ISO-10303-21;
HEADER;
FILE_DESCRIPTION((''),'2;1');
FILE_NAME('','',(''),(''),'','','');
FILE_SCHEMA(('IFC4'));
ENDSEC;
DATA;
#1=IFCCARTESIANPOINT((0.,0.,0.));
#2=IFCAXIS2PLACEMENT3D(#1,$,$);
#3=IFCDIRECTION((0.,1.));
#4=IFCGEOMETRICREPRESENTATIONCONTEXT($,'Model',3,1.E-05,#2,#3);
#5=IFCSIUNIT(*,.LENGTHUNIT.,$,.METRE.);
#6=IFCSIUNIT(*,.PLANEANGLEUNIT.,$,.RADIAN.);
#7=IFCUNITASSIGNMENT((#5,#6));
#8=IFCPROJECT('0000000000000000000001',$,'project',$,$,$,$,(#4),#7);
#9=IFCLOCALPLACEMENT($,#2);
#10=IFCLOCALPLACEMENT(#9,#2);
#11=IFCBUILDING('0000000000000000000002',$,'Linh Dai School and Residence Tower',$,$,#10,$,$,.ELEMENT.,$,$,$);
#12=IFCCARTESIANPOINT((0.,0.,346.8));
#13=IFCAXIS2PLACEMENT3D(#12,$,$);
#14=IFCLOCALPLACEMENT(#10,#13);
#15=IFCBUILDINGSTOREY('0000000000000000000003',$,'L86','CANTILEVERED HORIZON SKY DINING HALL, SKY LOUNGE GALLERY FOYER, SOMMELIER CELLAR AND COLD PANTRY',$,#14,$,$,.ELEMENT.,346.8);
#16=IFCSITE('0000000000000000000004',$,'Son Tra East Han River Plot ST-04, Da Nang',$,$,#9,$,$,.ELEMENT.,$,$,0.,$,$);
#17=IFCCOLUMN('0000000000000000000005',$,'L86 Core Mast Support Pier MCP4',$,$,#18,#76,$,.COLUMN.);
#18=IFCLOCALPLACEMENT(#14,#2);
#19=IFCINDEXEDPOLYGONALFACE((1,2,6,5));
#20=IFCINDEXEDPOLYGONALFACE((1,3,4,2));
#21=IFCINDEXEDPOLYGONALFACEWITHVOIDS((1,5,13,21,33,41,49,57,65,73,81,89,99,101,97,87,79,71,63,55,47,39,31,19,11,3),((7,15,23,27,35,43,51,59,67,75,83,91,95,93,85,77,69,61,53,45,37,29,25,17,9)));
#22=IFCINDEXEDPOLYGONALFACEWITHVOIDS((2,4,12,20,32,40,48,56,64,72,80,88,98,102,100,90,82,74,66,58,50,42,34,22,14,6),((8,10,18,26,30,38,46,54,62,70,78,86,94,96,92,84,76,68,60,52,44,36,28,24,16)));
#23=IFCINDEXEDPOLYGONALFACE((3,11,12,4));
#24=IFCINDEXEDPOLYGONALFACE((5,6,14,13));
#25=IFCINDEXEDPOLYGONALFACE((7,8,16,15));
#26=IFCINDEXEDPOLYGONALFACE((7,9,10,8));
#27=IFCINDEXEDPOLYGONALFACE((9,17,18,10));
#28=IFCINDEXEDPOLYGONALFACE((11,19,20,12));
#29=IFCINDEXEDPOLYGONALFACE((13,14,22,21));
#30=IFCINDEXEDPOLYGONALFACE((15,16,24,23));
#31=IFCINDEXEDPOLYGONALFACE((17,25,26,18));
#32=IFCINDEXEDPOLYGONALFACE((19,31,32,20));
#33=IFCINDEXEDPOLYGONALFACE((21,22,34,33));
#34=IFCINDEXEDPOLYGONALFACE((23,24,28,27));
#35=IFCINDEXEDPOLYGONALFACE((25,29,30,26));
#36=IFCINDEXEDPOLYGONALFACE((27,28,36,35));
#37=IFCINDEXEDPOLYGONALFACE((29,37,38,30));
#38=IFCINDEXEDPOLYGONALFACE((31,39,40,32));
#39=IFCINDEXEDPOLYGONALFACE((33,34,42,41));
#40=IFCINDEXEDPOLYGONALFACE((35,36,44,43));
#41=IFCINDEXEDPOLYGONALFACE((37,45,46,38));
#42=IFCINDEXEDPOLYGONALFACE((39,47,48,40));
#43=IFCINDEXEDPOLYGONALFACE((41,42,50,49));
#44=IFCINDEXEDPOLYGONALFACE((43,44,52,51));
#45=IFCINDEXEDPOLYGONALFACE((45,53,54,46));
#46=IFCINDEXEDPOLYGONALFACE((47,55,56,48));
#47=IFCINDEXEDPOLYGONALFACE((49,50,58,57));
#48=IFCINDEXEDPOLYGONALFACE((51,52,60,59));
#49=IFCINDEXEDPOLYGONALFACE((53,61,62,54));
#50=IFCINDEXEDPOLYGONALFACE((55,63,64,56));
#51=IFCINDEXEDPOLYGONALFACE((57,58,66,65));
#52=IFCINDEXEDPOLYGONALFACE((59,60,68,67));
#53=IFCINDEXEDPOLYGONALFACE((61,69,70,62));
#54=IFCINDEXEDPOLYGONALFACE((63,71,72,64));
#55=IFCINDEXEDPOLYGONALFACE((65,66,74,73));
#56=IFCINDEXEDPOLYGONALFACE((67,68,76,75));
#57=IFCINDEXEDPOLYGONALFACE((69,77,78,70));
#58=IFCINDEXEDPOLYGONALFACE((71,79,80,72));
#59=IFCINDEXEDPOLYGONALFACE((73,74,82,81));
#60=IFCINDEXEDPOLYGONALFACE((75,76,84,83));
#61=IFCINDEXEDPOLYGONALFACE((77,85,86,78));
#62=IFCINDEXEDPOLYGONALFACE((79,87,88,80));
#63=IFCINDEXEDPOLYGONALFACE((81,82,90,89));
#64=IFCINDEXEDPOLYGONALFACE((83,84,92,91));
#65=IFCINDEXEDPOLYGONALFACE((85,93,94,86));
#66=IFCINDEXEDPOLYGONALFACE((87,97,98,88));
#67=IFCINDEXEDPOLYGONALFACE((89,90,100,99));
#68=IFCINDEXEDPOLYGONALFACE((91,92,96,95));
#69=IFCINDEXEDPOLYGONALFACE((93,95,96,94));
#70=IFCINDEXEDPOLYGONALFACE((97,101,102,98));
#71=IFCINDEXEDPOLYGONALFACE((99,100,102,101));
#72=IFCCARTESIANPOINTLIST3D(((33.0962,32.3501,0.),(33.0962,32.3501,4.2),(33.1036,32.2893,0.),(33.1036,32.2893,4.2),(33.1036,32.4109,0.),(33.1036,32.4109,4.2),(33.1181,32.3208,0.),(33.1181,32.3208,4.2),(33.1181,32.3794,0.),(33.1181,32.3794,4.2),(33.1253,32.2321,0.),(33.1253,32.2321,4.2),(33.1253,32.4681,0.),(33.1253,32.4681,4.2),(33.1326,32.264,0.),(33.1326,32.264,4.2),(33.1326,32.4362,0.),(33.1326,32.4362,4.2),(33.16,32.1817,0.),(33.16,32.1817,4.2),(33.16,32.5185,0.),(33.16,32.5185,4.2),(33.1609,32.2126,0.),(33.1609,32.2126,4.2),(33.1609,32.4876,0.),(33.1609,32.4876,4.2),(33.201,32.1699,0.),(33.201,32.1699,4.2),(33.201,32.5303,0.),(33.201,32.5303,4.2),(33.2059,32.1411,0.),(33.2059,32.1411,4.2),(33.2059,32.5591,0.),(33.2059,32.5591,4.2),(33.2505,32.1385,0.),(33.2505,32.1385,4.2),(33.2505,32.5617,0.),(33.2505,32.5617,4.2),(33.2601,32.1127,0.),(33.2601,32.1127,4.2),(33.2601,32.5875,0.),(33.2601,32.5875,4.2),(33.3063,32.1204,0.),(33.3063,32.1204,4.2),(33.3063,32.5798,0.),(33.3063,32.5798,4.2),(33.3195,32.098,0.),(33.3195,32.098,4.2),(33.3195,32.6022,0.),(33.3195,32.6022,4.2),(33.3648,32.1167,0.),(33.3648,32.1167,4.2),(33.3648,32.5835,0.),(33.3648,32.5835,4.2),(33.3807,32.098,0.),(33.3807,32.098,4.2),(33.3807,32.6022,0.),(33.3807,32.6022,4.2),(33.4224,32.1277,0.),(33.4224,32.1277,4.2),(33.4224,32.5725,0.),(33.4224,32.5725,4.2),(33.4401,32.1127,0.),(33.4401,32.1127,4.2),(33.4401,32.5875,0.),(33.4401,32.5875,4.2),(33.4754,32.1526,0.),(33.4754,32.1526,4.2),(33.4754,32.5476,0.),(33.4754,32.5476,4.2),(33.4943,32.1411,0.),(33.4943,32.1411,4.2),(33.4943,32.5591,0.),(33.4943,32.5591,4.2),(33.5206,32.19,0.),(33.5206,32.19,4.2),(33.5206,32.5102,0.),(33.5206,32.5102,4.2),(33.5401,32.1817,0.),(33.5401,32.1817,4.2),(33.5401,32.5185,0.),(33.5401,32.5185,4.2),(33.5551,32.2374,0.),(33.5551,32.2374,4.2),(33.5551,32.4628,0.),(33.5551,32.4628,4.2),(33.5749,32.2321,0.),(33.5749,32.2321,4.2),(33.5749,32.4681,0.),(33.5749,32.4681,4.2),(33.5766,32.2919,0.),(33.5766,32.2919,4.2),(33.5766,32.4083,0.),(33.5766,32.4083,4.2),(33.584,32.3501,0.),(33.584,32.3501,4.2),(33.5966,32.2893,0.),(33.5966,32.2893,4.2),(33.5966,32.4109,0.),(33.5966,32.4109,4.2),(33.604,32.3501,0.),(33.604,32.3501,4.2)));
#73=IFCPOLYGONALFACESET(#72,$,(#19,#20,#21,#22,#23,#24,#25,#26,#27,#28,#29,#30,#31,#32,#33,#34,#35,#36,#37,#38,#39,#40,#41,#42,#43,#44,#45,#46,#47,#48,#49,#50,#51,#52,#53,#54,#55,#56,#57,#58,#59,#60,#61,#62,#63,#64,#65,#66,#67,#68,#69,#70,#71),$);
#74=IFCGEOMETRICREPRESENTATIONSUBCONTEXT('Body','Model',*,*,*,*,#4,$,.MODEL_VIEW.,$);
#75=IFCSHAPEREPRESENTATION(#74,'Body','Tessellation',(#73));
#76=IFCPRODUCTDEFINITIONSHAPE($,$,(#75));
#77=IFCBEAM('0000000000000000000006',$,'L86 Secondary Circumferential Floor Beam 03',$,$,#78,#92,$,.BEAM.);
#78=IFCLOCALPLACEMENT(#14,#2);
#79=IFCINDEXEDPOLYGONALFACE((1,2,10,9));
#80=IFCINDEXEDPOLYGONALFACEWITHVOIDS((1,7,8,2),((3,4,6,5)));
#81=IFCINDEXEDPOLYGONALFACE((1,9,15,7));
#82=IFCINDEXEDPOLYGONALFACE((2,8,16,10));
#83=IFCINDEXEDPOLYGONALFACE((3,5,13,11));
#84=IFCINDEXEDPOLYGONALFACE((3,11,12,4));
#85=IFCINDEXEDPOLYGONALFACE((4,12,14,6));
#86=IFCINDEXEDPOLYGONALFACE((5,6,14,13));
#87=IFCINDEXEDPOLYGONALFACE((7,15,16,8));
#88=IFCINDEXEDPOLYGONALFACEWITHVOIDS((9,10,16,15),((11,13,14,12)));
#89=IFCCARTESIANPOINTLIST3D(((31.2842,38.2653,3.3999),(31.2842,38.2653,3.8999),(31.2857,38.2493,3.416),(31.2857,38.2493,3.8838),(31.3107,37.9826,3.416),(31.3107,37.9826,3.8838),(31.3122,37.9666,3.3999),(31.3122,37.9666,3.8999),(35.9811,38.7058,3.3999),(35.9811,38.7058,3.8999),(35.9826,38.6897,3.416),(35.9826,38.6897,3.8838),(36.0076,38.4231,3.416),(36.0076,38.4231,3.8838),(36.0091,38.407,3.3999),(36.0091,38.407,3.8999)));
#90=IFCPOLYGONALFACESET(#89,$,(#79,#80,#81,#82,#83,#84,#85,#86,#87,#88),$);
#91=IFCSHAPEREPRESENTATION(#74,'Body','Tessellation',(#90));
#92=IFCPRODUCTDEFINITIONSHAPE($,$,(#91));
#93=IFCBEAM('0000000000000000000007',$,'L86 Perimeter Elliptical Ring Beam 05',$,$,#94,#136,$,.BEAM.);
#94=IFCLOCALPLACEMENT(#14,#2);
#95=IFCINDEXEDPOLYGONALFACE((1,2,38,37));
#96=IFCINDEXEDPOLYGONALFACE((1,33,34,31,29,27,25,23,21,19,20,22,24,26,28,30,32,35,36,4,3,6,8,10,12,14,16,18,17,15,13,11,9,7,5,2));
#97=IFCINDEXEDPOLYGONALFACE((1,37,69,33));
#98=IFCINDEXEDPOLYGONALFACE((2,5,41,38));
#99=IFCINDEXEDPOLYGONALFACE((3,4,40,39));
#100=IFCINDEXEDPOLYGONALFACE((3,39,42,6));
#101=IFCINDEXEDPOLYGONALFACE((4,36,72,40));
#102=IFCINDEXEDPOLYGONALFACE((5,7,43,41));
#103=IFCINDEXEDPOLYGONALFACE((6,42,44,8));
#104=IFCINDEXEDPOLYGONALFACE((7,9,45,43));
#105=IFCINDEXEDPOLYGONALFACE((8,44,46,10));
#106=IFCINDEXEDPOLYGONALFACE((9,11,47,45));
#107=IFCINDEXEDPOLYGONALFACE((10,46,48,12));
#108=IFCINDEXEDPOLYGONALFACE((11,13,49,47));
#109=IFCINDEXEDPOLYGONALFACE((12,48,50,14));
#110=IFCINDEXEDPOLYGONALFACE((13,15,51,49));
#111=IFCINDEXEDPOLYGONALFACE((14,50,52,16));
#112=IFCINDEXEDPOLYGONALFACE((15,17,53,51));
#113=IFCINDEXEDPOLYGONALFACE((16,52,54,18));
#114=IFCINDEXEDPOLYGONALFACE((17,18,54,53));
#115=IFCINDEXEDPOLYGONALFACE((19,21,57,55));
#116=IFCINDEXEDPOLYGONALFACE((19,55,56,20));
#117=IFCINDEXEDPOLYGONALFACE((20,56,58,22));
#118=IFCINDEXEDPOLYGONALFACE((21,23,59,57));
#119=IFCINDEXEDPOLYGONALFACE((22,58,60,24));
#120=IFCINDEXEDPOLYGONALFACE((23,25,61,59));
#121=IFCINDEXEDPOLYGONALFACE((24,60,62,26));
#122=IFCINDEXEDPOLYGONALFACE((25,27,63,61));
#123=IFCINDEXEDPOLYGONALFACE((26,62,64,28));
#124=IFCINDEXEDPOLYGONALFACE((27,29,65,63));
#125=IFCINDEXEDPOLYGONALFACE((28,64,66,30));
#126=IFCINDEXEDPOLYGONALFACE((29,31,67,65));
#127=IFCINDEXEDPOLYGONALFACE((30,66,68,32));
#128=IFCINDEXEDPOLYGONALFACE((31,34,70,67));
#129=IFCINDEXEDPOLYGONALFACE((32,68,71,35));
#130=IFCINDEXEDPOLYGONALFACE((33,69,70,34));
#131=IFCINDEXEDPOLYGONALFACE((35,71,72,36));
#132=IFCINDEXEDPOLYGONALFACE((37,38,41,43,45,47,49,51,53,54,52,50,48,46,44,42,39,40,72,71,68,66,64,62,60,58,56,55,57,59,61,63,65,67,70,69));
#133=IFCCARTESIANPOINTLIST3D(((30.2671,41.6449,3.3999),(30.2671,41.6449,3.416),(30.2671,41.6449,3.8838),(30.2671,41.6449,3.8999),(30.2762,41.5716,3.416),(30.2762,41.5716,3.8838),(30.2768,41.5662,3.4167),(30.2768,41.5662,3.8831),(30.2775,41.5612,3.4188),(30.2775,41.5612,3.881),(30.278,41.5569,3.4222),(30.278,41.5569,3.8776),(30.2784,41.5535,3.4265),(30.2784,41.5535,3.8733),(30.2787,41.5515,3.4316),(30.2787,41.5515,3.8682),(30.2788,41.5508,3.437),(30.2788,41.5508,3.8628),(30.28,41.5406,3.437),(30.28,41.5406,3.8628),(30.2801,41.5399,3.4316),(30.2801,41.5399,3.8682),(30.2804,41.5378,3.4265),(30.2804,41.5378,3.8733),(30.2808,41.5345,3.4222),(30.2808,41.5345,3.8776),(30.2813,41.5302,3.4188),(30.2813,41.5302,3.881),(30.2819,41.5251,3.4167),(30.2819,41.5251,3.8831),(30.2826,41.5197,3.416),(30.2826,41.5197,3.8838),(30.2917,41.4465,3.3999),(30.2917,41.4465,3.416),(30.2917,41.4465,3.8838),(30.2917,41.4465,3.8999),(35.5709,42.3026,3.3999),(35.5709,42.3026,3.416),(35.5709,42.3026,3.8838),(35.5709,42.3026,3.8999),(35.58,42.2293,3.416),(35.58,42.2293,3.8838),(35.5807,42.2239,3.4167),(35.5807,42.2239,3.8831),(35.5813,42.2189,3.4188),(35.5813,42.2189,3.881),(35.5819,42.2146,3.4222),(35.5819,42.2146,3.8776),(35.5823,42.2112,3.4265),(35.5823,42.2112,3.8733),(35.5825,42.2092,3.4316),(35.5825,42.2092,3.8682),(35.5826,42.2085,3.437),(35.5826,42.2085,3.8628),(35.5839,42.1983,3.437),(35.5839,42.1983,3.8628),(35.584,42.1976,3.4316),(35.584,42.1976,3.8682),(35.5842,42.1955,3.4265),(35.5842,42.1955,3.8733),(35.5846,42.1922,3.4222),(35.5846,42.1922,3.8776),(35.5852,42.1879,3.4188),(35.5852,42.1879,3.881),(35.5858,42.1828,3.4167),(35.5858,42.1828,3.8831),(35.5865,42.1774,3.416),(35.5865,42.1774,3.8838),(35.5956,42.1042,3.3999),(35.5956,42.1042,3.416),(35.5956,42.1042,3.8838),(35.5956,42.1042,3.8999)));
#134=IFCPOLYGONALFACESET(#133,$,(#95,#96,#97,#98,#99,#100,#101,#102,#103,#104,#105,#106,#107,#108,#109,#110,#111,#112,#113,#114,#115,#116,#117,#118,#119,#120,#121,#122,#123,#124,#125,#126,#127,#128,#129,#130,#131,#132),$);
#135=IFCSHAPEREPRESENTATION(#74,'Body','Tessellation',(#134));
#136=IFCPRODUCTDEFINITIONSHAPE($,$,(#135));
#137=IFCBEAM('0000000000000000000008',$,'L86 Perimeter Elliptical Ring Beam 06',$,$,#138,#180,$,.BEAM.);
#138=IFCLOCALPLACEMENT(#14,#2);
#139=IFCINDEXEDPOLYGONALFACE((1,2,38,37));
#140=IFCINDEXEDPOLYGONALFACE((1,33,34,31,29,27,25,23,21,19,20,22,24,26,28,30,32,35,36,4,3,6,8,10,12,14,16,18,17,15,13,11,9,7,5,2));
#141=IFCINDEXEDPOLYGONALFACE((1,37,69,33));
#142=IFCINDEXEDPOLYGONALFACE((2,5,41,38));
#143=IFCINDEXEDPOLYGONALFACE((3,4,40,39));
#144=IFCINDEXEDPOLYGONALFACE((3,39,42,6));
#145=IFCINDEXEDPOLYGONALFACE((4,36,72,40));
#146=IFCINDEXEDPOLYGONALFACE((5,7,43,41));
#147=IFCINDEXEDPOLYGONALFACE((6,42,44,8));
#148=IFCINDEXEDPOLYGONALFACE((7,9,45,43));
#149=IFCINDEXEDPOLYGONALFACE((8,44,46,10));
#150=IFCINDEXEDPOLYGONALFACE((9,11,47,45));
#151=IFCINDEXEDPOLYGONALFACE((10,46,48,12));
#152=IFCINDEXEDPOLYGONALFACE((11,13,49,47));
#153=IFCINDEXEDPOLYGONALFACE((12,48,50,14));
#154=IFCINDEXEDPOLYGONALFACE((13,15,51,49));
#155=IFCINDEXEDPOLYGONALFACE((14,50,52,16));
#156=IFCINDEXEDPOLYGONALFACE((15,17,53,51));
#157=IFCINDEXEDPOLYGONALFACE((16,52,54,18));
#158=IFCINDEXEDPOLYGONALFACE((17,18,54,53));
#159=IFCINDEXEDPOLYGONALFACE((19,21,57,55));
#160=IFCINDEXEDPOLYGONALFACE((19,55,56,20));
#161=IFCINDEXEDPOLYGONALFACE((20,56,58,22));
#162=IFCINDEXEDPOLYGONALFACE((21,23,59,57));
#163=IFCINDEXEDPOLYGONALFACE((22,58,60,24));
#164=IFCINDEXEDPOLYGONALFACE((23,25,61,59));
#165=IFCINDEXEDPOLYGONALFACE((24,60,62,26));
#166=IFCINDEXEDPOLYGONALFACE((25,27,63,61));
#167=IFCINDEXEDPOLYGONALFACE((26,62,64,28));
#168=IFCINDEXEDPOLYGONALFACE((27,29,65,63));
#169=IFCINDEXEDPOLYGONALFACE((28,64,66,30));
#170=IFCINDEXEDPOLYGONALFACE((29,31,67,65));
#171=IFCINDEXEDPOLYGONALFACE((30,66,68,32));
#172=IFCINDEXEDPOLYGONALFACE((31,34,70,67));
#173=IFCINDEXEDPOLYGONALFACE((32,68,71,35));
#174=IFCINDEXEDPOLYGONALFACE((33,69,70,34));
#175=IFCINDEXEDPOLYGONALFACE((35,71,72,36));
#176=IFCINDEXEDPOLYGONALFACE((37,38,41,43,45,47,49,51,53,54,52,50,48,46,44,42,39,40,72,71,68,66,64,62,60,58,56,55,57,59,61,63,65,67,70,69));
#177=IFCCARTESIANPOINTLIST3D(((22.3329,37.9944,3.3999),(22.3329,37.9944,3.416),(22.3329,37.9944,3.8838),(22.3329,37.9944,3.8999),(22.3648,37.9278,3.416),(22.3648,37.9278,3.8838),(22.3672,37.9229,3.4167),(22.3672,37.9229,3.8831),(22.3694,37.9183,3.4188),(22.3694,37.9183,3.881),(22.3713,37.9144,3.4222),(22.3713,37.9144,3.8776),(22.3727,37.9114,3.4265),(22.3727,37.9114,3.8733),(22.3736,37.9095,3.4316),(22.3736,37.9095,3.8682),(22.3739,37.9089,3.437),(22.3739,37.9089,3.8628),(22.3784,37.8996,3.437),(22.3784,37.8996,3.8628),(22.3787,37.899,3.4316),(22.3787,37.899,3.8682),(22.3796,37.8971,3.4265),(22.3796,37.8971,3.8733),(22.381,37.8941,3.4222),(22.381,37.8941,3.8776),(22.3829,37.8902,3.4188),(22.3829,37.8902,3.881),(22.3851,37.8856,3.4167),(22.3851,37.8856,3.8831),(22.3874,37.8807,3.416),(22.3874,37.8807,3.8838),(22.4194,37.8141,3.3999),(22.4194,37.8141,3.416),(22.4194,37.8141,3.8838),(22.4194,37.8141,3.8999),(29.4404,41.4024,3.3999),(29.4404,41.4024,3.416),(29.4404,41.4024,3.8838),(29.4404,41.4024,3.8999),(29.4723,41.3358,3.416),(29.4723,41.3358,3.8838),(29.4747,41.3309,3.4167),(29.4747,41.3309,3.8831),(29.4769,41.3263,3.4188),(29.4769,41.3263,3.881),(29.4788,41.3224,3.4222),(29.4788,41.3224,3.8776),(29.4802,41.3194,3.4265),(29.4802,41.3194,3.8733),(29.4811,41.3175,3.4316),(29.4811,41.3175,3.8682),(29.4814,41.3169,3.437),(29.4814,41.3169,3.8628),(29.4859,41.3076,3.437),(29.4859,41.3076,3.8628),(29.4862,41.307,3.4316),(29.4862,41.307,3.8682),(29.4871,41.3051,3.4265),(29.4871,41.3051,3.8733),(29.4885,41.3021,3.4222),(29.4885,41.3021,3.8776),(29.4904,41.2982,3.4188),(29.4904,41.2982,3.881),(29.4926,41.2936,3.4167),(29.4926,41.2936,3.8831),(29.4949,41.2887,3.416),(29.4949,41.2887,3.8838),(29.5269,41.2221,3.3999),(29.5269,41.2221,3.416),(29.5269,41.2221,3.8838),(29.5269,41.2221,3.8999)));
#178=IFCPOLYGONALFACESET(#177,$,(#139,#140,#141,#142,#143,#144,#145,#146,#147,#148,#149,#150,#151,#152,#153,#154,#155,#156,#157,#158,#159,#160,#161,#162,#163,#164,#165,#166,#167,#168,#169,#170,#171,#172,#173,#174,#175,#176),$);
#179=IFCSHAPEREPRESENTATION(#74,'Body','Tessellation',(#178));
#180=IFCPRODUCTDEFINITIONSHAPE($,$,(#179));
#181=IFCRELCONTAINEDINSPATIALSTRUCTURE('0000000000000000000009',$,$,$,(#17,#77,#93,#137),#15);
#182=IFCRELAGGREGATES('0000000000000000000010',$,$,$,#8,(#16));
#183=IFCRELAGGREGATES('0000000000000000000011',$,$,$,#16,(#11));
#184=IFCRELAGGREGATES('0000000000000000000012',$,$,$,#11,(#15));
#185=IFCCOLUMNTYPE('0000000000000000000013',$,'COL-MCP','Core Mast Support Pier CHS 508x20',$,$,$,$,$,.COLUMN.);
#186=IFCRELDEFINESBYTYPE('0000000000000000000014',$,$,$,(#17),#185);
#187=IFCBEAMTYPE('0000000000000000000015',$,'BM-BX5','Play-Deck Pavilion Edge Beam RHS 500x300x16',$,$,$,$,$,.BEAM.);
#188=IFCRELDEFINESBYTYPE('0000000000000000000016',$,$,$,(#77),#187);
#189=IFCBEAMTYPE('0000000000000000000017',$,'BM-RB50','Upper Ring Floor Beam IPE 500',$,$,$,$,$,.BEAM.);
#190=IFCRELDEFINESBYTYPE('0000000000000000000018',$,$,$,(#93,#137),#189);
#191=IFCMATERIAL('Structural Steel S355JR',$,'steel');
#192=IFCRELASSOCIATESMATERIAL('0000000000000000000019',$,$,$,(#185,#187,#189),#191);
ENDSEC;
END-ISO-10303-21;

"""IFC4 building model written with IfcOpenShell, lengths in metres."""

from ifc_helpers import new_model, si_unit, direction, frame, origin, origin_2d, place, context, subcontext, project, spatial, hollow_rectangle, hollow_circle, i_section, extrude, material, material_profile, profile_set, type_object, element, save


model = new_model("IFC4")

# Units and contexts
model_context = context("Model", 3, precision=1e-05, world=origin(), true_north=direction((0.0, 1.0)))
body_context = subcontext(model_context, "Body", "Model", "MODEL_VIEW")
ifc_project = project(units=[si_unit("LENGTHUNIT", "METRE"), si_unit("PLANEANGLEUNIT", "RADIAN")], contexts=[model_context])

# Site, building, storey
site_placement = place(None, origin())
site = spatial("IfcSite", under=ifc_project, at=site_placement, Name="Son Tra East Han River Plot ST-04, Da Nang", CompositionType="ELEMENT", RefElevation=0.0)
building_placement = place(site_placement, origin())
building = spatial("IfcBuilding", under=site, at=building_placement, Name="Linh Dai School and Residence Tower", CompositionType="ELEMENT")
storey_placement = place(building_placement, frame((0.0, 0.0, 346.8)))
storey = spatial("IfcBuildingStorey", under=building, at=storey_placement, Name="L86", Description="CANTILEVERED HORIZON SKY DINING HALL, SKY LOUNGE GALLERY FOYER, SOMMELIER CELLAR AND COLD PANTRY", CompositionType="ELEMENT", Elevation=346.8)

# Column
ifc_material_1 = material(Name="Structural Steel S355JR", Category="steel")
ifc_material_profile_1 = material_profile(ifc_material_1, hollow_circle(Radius=0.2539, WallThickness=0.02, at=origin_2d()), Name="CHS 508x20")
ifc_profile_set_1 = profile_set([ifc_material_profile_1], Name="Structural Steel S355JR")
column_type_1 = type_object("IfcColumnType", Name="COL-MCP", Description="Core Mast Support Pier CHS 508x20", PredefinedType="COLUMN", material=ifc_profile_set_1)
column_placement = place(storey_placement, frame((33.3501, 32.3501, 0.0), z_axis=(0.0, 0.0, 1.0), x_axis=(1.0, 0.0, 0.0)))
element("IfcColumn", 1, at=column_placement, inside=storey, type_object=column_type_1, Name="L86 Core Mast Support Pier MCP4", PredefinedType="COLUMN", context=body_context, shape_type="SweptSolid", body=[
    extrude(hollow_circle(Radius=0.2539, WallThickness=0.02, at=origin_2d()), origin(), (0.0, 0.0, 1.0), 4.2),
])

# Beams
ifc_material_profile_2 = material_profile(ifc_material_1, hollow_rectangle(XDim=0.3, YDim=0.5, WallThickness=0.0161, at=origin_2d()), Name="RHS 500x300x16")
ifc_profile_set_2 = profile_set([ifc_material_profile_2], Name="Structural Steel S355JR")
beam_type_1 = type_object("IfcBeamType", Name="BM-BX5", Description="Play-Deck Pavilion Edge Beam RHS 500x300x16", PredefinedType="BEAM", material=ifc_profile_set_2)
beam_1_placement = place(storey_placement, frame((35.9951, 38.5564, 3.6499), z_axis=(-0.995633, -0.093358, 0.0), x_axis=(0.093358, -0.995633, 0.0)))
element("IfcBeam", 2, at=beam_1_placement, inside=storey, type_object=beam_type_1, Name="L86 Secondary Circumferential Floor Beam 03", PredefinedType="BEAM", context=body_context, shape_type="SweptSolid", body=[
    extrude(hollow_rectangle(XDim=0.3, YDim=0.5, WallThickness=0.0161, at=origin_2d()), origin(), (0.0, 0.0, 1.0), 4.7175),
])
ifc_material_profile_3 = material_profile(ifc_material_1, i_section(OverallWidth=0.2, OverallDepth=0.5, WebThickness=0.0103, FlangeThickness=0.0161, FilletRadius=0.021, at=origin_2d()), Name="IPE 500")
ifc_profile_set_3 = profile_set([ifc_material_profile_3], Name="Structural Steel S355JR")
beam_type_2 = type_object("IfcBeamType", Name="BM-RB50", Description="Upper Ring Floor Beam IPE 500", PredefinedType="BEAM", material=ifc_profile_set_3)
beam_2_placement = place(storey_placement, frame((35.5833, 42.2034, 3.6499), z_axis=(-0.992399, -0.123062, 0.0), x_axis=(0.123062, -0.992399, 0.0)))
element("IfcBeam", 3, at=beam_2_placement, inside=storey, type_object=beam_type_2, Name="L86 Perimeter Elliptical Ring Beam 05", PredefinedType="BEAM", context=body_context, shape_type="SweptSolid", body=[
    extrude(i_section(OverallWidth=0.2, OverallDepth=0.5, WebThickness=0.0103, FlangeThickness=0.0161, FilletRadius=0.021, at=origin_2d()), origin(), (0.0, 0.0, 1.0), 5.3445),
])
beam_3_placement = place(storey_placement, frame((29.4836, 41.3123, 3.6499), z_axis=(-0.901701, -0.432359, 0.0), x_axis=(0.432359, -0.901701, 0.0)))
element("IfcBeam", 4, at=beam_3_placement, inside=storey, type_object=beam_type_2, Name="L86 Perimeter Elliptical Ring Beam 06", PredefinedType="BEAM", context=body_context, shape_type="SweptSolid", body=[
    extrude(i_section(OverallWidth=0.2, OverallDepth=0.5, WebThickness=0.0103, FlangeThickness=0.0161, FilletRadius=0.021, at=origin_2d()), origin(), (0.0, 0.0, 1.0), 7.8823),
])

save(model, "model.ifc")
